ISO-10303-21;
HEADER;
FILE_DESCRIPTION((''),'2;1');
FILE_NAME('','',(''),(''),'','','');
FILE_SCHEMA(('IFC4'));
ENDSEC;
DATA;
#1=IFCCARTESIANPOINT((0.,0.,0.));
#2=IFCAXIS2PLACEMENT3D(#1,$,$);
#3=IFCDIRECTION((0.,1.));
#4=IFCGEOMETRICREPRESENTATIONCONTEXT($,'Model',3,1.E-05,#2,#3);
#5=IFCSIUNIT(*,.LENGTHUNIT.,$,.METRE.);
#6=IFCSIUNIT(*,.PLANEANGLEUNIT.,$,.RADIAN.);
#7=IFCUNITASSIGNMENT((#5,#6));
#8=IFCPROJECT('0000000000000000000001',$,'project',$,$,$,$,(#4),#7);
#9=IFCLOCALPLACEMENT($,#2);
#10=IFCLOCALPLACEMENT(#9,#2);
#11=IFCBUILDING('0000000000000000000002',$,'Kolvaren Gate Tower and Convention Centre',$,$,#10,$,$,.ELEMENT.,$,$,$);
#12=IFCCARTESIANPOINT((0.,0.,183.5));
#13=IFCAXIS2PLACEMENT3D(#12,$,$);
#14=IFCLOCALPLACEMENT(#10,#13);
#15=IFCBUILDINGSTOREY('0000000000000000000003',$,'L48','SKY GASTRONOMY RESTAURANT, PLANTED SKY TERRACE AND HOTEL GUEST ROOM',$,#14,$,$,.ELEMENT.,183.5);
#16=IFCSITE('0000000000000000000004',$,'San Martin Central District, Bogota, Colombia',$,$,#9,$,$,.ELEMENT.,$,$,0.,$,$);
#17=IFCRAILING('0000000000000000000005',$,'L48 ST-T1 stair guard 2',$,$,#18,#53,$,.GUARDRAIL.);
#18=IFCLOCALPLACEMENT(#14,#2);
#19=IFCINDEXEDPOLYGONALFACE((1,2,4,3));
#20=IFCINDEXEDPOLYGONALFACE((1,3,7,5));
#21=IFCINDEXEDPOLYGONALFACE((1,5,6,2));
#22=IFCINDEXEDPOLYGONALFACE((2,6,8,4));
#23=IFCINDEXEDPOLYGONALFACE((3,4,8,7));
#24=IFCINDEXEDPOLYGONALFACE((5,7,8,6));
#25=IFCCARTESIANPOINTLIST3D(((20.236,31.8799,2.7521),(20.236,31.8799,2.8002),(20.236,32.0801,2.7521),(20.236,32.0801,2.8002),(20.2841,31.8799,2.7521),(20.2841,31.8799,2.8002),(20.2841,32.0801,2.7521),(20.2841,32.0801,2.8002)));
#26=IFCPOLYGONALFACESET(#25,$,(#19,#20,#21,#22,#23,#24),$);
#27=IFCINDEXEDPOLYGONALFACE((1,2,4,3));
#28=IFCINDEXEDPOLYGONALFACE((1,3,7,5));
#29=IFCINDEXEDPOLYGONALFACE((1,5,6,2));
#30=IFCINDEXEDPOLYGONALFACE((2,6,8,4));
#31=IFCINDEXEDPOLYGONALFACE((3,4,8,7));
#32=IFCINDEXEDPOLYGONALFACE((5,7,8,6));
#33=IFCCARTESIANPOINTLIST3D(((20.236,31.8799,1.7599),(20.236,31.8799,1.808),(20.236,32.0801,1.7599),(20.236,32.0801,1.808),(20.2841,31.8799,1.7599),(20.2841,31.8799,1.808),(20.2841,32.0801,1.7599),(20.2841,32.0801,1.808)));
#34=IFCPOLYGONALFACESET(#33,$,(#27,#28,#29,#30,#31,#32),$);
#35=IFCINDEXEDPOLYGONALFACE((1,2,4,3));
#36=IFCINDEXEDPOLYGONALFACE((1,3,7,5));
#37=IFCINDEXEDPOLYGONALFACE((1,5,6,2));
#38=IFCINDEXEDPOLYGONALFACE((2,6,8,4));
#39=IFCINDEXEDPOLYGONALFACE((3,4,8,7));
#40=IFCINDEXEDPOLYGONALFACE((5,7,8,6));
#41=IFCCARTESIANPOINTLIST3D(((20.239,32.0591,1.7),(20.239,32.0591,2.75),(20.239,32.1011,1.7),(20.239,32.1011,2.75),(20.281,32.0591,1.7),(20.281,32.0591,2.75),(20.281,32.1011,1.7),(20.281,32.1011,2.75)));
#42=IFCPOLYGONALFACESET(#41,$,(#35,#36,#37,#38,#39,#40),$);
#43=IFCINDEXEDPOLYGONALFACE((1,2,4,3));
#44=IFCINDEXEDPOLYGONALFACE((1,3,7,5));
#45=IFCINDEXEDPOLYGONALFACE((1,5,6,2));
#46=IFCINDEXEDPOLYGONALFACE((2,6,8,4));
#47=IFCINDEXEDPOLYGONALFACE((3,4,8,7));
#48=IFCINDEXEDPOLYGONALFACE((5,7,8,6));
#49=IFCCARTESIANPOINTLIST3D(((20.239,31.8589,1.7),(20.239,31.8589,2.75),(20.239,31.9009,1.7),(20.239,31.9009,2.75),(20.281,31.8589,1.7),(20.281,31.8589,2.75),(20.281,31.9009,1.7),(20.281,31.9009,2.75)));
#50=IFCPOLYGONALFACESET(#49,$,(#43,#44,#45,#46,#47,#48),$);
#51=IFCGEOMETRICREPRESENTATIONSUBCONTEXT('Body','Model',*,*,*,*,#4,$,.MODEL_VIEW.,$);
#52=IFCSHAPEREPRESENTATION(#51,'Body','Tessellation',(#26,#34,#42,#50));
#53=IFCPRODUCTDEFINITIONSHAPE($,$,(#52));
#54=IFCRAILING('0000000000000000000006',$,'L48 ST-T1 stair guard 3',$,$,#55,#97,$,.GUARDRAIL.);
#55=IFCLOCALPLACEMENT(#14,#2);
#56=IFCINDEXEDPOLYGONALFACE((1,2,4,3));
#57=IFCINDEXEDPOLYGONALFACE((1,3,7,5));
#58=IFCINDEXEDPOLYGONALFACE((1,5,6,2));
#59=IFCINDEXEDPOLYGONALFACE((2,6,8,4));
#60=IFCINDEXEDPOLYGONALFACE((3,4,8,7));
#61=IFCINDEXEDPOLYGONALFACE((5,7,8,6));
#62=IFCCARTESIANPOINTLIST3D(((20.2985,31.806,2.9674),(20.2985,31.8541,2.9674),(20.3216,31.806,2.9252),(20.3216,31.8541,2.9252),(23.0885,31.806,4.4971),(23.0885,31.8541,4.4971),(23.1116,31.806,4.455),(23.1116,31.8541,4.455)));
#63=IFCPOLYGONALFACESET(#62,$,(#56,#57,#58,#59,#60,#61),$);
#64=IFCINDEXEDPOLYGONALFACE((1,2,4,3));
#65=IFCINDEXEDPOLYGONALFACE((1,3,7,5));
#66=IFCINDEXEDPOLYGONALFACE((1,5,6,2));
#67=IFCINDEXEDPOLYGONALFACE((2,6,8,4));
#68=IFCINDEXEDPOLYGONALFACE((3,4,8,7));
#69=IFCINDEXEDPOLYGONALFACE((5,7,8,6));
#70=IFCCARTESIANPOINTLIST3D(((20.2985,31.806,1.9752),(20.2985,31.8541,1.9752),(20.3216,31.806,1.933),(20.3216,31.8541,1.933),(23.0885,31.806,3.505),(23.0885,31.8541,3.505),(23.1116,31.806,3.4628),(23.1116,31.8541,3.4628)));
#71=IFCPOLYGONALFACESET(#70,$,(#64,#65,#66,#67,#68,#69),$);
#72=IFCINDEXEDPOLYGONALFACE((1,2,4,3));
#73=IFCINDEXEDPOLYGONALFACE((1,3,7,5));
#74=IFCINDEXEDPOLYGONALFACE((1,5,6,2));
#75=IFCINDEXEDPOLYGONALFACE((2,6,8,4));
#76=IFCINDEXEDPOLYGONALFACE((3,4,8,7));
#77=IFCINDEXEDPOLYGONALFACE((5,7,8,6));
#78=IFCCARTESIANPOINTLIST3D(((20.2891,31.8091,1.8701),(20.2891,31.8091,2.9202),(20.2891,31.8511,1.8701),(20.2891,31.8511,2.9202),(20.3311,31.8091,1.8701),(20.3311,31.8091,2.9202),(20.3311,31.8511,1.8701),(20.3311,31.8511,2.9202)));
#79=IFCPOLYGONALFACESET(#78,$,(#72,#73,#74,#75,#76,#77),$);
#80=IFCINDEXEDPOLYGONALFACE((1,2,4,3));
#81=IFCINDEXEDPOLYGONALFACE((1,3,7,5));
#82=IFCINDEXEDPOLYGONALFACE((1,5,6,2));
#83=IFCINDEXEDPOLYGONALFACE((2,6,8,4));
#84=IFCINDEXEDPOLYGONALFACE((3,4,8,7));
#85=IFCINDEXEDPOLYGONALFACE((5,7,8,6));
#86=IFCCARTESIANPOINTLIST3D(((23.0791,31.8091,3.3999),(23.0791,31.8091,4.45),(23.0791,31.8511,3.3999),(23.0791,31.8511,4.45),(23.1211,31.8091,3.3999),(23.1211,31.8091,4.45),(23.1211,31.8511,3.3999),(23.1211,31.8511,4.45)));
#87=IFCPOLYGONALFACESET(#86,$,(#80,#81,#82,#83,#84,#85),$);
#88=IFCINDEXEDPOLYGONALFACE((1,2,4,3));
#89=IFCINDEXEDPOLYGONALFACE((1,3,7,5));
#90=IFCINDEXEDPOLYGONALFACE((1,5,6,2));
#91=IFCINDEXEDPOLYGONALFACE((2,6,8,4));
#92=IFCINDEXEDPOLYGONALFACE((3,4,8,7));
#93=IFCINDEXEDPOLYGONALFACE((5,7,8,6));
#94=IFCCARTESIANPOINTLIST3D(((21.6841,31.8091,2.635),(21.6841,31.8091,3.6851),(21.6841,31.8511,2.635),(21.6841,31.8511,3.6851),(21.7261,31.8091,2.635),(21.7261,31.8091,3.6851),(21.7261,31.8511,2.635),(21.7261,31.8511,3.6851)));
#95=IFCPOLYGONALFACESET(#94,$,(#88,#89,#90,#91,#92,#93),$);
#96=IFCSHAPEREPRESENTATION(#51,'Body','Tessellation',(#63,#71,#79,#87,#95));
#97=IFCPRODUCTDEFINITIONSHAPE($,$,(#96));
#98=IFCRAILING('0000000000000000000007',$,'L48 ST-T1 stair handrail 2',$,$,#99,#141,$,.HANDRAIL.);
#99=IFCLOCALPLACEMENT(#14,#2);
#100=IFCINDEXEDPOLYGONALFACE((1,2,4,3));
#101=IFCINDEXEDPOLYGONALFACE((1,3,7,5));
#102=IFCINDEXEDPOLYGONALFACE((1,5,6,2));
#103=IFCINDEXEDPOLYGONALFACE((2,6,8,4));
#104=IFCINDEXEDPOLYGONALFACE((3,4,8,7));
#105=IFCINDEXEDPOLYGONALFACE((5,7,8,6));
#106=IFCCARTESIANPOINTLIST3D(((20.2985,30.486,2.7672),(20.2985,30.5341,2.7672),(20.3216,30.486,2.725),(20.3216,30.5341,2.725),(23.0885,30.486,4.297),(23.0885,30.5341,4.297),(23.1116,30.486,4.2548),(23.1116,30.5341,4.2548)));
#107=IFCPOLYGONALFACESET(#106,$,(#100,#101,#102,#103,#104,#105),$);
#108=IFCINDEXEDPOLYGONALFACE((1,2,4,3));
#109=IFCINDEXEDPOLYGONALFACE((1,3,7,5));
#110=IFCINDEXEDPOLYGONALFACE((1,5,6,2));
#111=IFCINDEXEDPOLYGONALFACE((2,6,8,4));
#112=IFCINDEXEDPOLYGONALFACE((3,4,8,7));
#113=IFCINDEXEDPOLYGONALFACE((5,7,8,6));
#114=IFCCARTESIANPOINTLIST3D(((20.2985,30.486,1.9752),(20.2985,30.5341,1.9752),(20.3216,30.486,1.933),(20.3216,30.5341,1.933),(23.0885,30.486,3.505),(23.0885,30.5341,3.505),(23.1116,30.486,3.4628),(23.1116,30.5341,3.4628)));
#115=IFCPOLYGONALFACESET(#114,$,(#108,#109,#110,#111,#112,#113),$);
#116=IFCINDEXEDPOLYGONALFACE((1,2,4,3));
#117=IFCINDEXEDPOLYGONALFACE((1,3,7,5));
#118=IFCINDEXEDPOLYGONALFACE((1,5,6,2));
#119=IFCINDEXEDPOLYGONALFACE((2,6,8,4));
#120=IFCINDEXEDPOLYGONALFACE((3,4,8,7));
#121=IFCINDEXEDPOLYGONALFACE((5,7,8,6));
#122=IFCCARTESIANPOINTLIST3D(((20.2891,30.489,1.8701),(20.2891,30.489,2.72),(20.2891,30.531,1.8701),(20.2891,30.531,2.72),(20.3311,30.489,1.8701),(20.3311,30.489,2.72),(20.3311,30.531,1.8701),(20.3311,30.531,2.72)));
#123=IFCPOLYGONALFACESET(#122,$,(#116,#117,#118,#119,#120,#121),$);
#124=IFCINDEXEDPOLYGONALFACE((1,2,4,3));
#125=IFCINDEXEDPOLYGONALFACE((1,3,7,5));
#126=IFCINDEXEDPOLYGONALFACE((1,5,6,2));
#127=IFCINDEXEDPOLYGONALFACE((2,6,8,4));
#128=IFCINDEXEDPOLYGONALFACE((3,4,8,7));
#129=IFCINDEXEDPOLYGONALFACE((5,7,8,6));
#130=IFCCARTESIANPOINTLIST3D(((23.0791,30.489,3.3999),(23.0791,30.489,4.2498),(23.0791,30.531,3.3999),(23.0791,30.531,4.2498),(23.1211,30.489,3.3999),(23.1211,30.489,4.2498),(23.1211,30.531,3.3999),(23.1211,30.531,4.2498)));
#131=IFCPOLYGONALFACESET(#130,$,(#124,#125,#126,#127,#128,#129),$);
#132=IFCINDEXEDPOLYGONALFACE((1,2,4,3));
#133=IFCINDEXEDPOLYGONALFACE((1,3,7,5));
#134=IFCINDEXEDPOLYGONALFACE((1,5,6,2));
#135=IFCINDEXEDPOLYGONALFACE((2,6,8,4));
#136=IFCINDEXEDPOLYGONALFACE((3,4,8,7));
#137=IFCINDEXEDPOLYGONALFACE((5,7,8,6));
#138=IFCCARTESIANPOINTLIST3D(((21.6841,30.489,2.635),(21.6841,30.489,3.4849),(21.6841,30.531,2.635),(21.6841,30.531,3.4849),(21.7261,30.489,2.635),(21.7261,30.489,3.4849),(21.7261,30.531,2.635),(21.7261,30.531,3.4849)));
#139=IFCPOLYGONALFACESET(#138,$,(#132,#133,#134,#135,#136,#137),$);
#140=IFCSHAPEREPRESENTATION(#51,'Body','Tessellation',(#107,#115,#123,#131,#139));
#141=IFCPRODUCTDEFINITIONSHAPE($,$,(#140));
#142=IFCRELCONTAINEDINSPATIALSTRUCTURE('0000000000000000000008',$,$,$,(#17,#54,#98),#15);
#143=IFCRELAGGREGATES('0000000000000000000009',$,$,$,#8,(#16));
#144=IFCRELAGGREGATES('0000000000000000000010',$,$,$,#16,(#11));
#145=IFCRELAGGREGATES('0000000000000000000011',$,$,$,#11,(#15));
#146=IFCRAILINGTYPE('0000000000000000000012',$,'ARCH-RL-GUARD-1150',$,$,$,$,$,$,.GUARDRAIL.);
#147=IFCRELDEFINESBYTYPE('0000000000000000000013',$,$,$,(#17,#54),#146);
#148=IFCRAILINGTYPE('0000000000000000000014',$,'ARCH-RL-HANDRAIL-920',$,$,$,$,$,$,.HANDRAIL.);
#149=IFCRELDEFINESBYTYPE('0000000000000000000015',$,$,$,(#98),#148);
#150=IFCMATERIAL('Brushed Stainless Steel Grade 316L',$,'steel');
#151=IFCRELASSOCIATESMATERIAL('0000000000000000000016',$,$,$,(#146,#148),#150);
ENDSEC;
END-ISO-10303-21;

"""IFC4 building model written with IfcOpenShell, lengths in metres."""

from ifc_helpers import new_model, si_unit, direction, frame, origin, origin_2d, place, context, subcontext, project, spatial, rectangle, extrude, material, type_object, element, save


model = new_model("IFC4")

# Units and contexts
model_context = context("Model", 3, precision=1e-05, world=origin(), true_north=direction((0.0, 1.0)))
body_context = subcontext(model_context, "Body", "Model", "MODEL_VIEW")
ifc_project = project(units=[si_unit("LENGTHUNIT", "METRE"), si_unit("PLANEANGLEUNIT", "RADIAN")], contexts=[model_context])

# Site, building, storey
site_placement = place(None, origin())
site = spatial("IfcSite", under=ifc_project, at=site_placement, Name="San Martin Central District, Bogota, Colombia", CompositionType="ELEMENT", RefElevation=0.0)
building_placement = place(site_placement, origin())
building = spatial("IfcBuilding", under=site, at=building_placement, Name="Kolvaren Gate Tower and Convention Centre", CompositionType="ELEMENT")
storey_placement = place(building_placement, frame((0.0, 0.0, 183.5)))
storey = spatial("IfcBuildingStorey", under=building, at=storey_placement, Name="L48", Description="SKY GASTRONOMY RESTAURANT, PLANTED SKY TERRACE AND HOTEL GUEST ROOM", CompositionType="ELEMENT", Elevation=183.5)

# Railings
ifc_material_1 = material(Name="Brushed Stainless Steel Grade 316L", Category="steel")
railing_type_1 = type_object("IfcRailingType", Name="ARCH-RL-GUARD-1150", PredefinedType="GUARDRAIL", material=ifc_material_1)
railing_1_placement = place(storey_placement, frame((20.26, 32.0801, 1.7)))
element("IfcRailing", 1, at=railing_1_placement, inside=storey, type_object=railing_type_1, Name="L48 ST-T1 stair guard 2", PredefinedType="GUARDRAIL", context=body_context, shape_type="SweptSolid", body=[
    extrude(rectangle(XDim=0.0481, YDim=0.0481, at=origin_2d()), frame((0.0, 0.0, 1.0762), z_axis=(0.0, -1.0, 0.0), x_axis=(1.0, 0.0, 0.0)), (0.0, 0.0, 1.0), 0.2002),
    extrude(rectangle(XDim=0.0481, YDim=0.0481, at=origin_2d()), frame((0.0, 0.0, 0.084), z_axis=(0.0, -1.0, 0.0), x_axis=(1.0, 0.0, 0.0)), (0.0, 0.0, 1.0), 0.2002),
    extrude(rectangle(XDim=0.042, YDim=0.042, at=origin_2d()), origin(), (0.0, 0.0, 1.0), 1.05),
    extrude(rectangle(XDim=0.042, YDim=0.042, at=origin_2d()), frame((0.0, -0.2002, 0.0)), (0.0, 0.0, 1.0), 1.05),
])
railing_2_placement = place(storey_placement, frame((20.3101, 31.8301, 1.8701)))
element("IfcRailing", 2, at=railing_2_placement, inside=storey, type_object=railing_type_1, Name="L48 ST-T1 stair guard 3", PredefinedType="GUARDRAIL", context=body_context, shape_type="SweptSolid", body=[
    extrude(rectangle(XDim=0.0481, YDim=0.0481, at=origin_2d()), frame((0.0, 0.0, 1.0762), z_axis=(0.876844, 0.0, 0.480776), x_axis=(0.0, 1.0, 0.0)), (0.0, 0.0, 1.0), 3.1819),
    extrude(rectangle(XDim=0.0481, YDim=0.0481, at=origin_2d()), frame((0.0, 0.0, 0.084), z_axis=(0.876844, 0.0, 0.480776), x_axis=(0.0, 1.0, 0.0)), (0.0, 0.0, 1.0), 3.1819),
    extrude(rectangle(XDim=0.042, YDim=0.042, at=origin_2d()), origin(), (0.0, 0.0, 1.0), 1.05),
    extrude(rectangle(XDim=0.042, YDim=0.042, at=origin_2d()), frame((2.79, 0.0, 1.5298)), (0.0, 0.0, 1.0), 1.05),
    extrude(rectangle(XDim=0.042, YDim=0.042, at=origin_2d()), frame((1.395, 0.0, 0.7649)), (0.0, 0.0, 1.0), 1.05),
])
railing_type_2 = type_object("IfcRailingType", Name="ARCH-RL-HANDRAIL-920", PredefinedType="HANDRAIL", material=ifc_material_1)
railing_3_placement = place(storey_placement, frame((20.3101, 30.51, 1.8701)))
element("IfcRailing", 3, at=railing_3_placement, inside=storey, type_object=railing_type_2, Name="L48 ST-T1 stair handrail 2", PredefinedType="HANDRAIL", context=body_context, shape_type="SweptSolid", body=[
    extrude(rectangle(XDim=0.0481, YDim=0.0481, at=origin_2d()), frame((0.0, 0.0, 0.876), z_axis=(0.876844, 0.0, 0.480776), x_axis=(0.0, 1.0, 0.0)), (0.0, 0.0, 1.0), 3.1819),
    extrude(rectangle(XDim=0.0481, YDim=0.0481, at=origin_2d()), frame((0.0, 0.0, 0.084), z_axis=(0.876844, 0.0, 0.480776), x_axis=(0.0, 1.0, 0.0)), (0.0, 0.0, 1.0), 3.1819),
    extrude(rectangle(XDim=0.042, YDim=0.042, at=origin_2d()), origin(), (0.0, 0.0, 1.0), 0.8499),
    extrude(rectangle(XDim=0.042, YDim=0.042, at=origin_2d()), frame((2.79, 0.0, 1.5298)), (0.0, 0.0, 1.0), 0.8499),
    extrude(rectangle(XDim=0.042, YDim=0.042, at=origin_2d()), frame((1.395, 0.0, 0.7649)), (0.0, 0.0, 1.0), 0.8499),
])

save(model, "model.ifc")
